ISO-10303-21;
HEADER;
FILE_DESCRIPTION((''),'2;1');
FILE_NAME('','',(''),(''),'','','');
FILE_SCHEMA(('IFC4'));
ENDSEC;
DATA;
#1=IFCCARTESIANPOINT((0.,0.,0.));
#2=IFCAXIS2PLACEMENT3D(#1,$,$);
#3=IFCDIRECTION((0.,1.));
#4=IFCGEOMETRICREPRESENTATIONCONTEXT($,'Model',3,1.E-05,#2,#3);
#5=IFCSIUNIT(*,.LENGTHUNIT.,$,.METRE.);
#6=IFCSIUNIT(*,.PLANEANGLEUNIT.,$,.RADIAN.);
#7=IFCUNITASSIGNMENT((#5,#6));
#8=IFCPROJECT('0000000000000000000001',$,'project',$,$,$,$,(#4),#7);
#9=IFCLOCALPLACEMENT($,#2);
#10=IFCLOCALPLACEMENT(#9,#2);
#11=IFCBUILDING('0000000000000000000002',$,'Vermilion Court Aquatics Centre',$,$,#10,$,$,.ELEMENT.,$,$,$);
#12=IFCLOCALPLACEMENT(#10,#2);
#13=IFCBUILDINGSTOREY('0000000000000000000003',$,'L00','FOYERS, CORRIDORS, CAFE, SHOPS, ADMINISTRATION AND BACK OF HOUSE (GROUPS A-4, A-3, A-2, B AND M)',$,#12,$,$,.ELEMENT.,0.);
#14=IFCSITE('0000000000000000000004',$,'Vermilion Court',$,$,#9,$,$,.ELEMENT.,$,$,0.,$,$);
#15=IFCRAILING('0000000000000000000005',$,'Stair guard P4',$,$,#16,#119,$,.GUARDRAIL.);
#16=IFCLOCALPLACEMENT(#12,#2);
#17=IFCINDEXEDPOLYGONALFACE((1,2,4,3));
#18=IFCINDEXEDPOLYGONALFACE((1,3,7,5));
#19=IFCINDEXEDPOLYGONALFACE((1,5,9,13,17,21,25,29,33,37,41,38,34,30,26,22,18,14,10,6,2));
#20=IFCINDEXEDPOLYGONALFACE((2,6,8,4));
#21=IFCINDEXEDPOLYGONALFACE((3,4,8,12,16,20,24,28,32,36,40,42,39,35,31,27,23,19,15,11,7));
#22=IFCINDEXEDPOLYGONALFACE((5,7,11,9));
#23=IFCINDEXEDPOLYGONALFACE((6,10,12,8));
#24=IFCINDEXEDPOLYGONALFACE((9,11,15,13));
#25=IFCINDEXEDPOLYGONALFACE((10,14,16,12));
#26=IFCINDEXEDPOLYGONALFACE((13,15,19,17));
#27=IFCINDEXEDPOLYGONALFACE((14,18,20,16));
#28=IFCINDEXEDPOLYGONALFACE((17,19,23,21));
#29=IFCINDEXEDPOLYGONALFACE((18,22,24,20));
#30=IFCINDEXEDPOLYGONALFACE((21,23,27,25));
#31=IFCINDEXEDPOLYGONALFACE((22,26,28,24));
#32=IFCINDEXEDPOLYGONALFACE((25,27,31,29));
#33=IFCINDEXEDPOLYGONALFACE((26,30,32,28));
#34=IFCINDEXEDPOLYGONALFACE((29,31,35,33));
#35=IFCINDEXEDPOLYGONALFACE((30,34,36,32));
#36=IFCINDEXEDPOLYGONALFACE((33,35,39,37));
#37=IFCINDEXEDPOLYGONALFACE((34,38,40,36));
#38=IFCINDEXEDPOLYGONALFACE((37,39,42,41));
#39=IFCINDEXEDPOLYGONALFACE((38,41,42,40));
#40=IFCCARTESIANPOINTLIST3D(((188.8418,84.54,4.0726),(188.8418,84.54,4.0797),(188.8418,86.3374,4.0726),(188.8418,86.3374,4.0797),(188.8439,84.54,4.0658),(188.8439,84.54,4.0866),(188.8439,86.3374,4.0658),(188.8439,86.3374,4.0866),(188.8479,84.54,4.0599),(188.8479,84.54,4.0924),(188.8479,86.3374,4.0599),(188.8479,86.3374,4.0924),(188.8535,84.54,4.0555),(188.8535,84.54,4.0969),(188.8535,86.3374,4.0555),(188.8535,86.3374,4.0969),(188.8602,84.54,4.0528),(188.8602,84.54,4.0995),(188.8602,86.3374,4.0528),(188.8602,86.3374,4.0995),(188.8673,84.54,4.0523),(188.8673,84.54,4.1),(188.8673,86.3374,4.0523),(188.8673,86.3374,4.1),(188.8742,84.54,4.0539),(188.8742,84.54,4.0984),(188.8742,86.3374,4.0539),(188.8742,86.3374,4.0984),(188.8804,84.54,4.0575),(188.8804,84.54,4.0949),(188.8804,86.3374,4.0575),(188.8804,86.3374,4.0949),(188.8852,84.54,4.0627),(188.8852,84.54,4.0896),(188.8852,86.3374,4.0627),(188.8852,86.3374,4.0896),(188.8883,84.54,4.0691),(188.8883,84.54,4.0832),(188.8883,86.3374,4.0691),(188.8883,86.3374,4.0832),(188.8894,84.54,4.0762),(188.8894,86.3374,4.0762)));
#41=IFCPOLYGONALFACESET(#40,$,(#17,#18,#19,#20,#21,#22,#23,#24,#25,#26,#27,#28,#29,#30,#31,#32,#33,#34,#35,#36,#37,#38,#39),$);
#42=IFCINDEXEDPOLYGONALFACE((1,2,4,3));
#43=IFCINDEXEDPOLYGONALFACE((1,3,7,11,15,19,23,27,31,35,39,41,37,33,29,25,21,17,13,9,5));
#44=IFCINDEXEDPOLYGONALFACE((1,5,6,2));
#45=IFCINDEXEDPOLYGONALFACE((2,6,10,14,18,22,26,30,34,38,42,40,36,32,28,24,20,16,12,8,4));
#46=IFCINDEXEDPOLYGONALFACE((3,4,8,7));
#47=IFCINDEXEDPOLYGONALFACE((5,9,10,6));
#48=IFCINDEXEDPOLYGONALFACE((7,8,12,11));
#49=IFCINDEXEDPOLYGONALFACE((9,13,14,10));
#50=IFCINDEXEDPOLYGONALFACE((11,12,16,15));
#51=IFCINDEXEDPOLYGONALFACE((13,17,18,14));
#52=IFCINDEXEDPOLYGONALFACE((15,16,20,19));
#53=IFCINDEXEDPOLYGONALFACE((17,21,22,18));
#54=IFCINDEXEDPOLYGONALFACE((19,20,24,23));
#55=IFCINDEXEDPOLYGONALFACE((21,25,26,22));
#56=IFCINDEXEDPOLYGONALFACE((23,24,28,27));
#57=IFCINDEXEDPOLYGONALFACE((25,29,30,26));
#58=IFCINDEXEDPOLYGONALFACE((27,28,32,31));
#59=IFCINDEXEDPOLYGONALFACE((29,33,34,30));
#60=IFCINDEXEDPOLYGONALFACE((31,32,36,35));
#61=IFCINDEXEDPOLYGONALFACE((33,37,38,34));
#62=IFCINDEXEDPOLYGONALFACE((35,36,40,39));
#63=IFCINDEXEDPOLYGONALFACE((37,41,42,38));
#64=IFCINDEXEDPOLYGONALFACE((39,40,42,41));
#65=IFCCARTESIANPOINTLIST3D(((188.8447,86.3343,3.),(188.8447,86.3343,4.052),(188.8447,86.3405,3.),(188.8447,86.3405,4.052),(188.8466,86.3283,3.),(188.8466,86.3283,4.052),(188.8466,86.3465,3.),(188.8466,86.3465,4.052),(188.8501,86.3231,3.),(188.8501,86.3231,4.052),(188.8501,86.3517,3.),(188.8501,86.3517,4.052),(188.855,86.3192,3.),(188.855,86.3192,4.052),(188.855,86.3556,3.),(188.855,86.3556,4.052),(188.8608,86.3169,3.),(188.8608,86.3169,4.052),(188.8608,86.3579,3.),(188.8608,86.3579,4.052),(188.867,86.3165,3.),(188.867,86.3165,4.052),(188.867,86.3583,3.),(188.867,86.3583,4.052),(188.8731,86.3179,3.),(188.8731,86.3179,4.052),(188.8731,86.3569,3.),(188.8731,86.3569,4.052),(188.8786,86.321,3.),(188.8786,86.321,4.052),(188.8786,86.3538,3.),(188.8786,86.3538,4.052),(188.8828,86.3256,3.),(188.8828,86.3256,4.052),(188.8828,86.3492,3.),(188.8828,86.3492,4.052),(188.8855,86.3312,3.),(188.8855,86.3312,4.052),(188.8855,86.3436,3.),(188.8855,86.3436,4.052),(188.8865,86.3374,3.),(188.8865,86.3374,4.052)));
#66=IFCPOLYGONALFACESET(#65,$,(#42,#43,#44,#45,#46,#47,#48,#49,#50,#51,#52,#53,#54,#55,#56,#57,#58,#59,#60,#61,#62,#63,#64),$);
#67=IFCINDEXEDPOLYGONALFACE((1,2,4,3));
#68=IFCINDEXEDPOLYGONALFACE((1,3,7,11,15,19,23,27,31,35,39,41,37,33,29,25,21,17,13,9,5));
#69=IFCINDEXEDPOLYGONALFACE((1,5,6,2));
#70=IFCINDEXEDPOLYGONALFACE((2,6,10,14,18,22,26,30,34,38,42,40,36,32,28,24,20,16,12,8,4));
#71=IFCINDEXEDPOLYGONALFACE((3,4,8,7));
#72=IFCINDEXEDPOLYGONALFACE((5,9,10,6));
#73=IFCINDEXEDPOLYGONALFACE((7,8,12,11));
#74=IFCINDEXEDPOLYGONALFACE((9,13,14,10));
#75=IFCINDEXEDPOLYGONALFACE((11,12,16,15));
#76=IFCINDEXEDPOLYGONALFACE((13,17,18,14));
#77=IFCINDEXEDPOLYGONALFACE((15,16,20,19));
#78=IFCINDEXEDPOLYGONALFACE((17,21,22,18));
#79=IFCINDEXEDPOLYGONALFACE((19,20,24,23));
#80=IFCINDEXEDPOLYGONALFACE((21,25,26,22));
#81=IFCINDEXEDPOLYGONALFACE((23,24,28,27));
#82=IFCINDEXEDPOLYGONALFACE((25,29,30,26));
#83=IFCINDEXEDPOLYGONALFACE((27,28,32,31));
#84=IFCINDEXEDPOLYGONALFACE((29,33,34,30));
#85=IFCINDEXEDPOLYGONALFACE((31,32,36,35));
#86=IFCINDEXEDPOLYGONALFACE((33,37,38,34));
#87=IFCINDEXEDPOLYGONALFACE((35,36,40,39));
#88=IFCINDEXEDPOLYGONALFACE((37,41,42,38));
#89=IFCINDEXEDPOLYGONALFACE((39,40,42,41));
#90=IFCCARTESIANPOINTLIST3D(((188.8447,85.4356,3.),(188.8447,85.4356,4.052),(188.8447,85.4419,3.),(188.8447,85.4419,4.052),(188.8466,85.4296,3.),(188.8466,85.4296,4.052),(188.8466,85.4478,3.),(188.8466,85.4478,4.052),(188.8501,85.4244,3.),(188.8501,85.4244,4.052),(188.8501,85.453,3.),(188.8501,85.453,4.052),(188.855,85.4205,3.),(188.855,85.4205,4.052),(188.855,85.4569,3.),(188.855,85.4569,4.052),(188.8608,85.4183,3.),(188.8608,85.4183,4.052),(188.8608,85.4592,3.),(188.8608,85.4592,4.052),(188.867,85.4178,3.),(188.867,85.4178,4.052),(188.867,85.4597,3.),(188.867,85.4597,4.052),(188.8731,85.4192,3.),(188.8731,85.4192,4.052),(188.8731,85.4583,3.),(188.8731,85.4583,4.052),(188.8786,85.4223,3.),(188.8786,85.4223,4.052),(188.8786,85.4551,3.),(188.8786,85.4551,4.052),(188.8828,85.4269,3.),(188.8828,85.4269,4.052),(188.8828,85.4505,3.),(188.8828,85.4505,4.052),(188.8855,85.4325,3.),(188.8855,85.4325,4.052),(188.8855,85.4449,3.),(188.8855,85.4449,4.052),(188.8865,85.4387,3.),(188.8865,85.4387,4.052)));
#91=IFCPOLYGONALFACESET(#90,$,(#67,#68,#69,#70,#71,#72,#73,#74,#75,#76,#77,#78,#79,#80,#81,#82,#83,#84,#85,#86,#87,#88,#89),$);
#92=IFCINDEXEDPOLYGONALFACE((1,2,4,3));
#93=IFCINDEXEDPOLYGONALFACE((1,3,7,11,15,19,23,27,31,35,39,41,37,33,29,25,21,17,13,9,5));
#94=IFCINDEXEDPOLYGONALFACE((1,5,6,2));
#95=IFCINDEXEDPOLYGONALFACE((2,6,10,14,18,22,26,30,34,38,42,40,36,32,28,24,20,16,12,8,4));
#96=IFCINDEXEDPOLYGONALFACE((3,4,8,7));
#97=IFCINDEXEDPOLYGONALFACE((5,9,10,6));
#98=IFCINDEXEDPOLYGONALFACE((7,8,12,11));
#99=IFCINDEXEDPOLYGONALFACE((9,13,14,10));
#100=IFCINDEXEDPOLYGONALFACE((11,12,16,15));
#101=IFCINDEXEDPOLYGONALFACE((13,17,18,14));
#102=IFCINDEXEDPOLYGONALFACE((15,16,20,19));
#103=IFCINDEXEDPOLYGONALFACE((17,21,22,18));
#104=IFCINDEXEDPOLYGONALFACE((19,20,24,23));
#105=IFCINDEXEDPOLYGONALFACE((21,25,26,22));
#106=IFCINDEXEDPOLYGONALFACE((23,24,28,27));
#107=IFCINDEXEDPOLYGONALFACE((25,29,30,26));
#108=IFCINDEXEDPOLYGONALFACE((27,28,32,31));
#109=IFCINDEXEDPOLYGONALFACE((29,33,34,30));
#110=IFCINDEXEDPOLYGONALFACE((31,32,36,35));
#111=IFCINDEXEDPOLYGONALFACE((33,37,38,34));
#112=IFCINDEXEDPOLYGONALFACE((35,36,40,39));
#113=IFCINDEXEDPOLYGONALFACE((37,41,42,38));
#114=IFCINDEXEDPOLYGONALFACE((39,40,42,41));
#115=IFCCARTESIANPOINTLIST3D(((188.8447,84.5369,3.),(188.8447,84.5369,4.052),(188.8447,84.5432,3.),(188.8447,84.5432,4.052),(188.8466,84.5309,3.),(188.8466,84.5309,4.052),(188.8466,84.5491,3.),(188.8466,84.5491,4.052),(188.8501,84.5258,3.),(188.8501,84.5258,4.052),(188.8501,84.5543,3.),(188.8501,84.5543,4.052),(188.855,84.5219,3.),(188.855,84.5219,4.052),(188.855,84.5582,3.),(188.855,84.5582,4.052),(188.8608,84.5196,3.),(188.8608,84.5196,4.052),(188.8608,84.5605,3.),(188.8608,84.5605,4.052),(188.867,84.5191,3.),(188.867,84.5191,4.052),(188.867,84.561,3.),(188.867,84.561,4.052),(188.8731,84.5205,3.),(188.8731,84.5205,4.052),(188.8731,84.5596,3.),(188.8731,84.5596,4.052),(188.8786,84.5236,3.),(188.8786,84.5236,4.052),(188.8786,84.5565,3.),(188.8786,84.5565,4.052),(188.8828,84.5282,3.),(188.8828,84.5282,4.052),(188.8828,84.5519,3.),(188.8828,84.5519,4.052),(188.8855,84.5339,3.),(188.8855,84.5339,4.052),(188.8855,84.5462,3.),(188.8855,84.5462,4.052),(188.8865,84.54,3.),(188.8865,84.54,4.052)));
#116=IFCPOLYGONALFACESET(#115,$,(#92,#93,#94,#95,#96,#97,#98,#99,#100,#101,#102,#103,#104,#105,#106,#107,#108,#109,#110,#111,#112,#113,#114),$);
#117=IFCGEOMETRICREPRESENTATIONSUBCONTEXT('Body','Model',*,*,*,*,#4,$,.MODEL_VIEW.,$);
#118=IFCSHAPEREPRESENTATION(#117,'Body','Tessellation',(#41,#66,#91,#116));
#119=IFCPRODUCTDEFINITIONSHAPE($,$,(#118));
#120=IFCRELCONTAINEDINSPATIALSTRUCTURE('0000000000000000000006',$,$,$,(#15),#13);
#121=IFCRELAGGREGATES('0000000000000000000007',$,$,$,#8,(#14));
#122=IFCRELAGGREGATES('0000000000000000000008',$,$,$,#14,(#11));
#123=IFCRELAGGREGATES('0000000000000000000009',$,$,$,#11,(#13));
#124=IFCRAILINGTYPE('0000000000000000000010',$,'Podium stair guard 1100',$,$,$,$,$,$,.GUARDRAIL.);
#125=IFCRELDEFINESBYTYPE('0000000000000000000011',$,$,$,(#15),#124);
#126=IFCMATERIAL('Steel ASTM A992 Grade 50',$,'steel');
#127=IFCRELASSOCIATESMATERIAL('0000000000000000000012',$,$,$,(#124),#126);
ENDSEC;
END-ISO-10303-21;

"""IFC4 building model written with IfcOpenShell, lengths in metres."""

from ifc_helpers import new_model, si_unit, direction, frame, origin, origin_2d, place, context, subcontext, project, spatial, circle, extrude, material, type_object, element, save


model = new_model("IFC4")

# Units and contexts
model_context = context("Model", 3, precision=1e-05, world=origin(), true_north=direction((0.0, 1.0)))
body_context = subcontext(model_context, "Body", "Model", "MODEL_VIEW")
ifc_project = project(units=[si_unit("LENGTHUNIT", "METRE"), si_unit("PLANEANGLEUNIT", "RADIAN")], contexts=[model_context])

# Site, building, storey
site_placement = place(None, origin())
site = spatial("IfcSite", under=ifc_project, at=site_placement, Name="Vermilion Court", CompositionType="ELEMENT", RefElevation=0.0)
building_placement = place(site_placement, origin())
building = spatial("IfcBuilding", under=site, at=building_placement, Name="Vermilion Court Aquatics Centre", CompositionType="ELEMENT")
storey_placement = place(building_placement, origin())
storey = spatial("IfcBuildingStorey", under=building, at=storey_placement, Name="L00", Description="FOYERS, CORRIDORS, CAFE, SHOPS, ADMINISTRATION AND BACK OF HOUSE (GROUPS A-4, A-3, A-2, B AND M)", CompositionType="ELEMENT", Elevation=0.0)

# Railing
ifc_material_1 = material(Name="Steel ASTM A992 Grade 50", Category="steel")
railing_type_1 = type_object("IfcRailingType", Name="Podium stair guard 1100", PredefinedType="GUARDRAIL", material=ifc_material_1)
railing_1_placement = place(storey_placement, frame((188.8655, 86.3374, 3.0)))
element("IfcRailing", 1, at=railing_1_placement, inside=storey, type_object=railing_type_1, Name="Stair guard P4", PredefinedType="GUARDRAIL", context=body_context, shape_type="SweptSolid", body=[
    extrude(circle(Radius=0.0239, at=origin_2d()), frame((0.0, 0.0, 1.0762), z_axis=(0.0, -1.0, 0.0), x_axis=(1.0, 0.0, 0.0)), (0.0, 0.0, 1.0), 1.7974),
    extrude(circle(Radius=0.021, at=origin_2d()), origin(), (0.0, 0.0, 1.0), 1.052),
    extrude(circle(Radius=0.021, at=origin_2d()), frame((0.0, -0.8987, 0.0)), (0.0, 0.0, 1.0), 1.052),
    extrude(circle(Radius=0.021, at=origin_2d()), frame((0.0, -1.7974, 0.0)), (0.0, 0.0, 1.0), 1.052),
])

save(model, "model.ifc")
